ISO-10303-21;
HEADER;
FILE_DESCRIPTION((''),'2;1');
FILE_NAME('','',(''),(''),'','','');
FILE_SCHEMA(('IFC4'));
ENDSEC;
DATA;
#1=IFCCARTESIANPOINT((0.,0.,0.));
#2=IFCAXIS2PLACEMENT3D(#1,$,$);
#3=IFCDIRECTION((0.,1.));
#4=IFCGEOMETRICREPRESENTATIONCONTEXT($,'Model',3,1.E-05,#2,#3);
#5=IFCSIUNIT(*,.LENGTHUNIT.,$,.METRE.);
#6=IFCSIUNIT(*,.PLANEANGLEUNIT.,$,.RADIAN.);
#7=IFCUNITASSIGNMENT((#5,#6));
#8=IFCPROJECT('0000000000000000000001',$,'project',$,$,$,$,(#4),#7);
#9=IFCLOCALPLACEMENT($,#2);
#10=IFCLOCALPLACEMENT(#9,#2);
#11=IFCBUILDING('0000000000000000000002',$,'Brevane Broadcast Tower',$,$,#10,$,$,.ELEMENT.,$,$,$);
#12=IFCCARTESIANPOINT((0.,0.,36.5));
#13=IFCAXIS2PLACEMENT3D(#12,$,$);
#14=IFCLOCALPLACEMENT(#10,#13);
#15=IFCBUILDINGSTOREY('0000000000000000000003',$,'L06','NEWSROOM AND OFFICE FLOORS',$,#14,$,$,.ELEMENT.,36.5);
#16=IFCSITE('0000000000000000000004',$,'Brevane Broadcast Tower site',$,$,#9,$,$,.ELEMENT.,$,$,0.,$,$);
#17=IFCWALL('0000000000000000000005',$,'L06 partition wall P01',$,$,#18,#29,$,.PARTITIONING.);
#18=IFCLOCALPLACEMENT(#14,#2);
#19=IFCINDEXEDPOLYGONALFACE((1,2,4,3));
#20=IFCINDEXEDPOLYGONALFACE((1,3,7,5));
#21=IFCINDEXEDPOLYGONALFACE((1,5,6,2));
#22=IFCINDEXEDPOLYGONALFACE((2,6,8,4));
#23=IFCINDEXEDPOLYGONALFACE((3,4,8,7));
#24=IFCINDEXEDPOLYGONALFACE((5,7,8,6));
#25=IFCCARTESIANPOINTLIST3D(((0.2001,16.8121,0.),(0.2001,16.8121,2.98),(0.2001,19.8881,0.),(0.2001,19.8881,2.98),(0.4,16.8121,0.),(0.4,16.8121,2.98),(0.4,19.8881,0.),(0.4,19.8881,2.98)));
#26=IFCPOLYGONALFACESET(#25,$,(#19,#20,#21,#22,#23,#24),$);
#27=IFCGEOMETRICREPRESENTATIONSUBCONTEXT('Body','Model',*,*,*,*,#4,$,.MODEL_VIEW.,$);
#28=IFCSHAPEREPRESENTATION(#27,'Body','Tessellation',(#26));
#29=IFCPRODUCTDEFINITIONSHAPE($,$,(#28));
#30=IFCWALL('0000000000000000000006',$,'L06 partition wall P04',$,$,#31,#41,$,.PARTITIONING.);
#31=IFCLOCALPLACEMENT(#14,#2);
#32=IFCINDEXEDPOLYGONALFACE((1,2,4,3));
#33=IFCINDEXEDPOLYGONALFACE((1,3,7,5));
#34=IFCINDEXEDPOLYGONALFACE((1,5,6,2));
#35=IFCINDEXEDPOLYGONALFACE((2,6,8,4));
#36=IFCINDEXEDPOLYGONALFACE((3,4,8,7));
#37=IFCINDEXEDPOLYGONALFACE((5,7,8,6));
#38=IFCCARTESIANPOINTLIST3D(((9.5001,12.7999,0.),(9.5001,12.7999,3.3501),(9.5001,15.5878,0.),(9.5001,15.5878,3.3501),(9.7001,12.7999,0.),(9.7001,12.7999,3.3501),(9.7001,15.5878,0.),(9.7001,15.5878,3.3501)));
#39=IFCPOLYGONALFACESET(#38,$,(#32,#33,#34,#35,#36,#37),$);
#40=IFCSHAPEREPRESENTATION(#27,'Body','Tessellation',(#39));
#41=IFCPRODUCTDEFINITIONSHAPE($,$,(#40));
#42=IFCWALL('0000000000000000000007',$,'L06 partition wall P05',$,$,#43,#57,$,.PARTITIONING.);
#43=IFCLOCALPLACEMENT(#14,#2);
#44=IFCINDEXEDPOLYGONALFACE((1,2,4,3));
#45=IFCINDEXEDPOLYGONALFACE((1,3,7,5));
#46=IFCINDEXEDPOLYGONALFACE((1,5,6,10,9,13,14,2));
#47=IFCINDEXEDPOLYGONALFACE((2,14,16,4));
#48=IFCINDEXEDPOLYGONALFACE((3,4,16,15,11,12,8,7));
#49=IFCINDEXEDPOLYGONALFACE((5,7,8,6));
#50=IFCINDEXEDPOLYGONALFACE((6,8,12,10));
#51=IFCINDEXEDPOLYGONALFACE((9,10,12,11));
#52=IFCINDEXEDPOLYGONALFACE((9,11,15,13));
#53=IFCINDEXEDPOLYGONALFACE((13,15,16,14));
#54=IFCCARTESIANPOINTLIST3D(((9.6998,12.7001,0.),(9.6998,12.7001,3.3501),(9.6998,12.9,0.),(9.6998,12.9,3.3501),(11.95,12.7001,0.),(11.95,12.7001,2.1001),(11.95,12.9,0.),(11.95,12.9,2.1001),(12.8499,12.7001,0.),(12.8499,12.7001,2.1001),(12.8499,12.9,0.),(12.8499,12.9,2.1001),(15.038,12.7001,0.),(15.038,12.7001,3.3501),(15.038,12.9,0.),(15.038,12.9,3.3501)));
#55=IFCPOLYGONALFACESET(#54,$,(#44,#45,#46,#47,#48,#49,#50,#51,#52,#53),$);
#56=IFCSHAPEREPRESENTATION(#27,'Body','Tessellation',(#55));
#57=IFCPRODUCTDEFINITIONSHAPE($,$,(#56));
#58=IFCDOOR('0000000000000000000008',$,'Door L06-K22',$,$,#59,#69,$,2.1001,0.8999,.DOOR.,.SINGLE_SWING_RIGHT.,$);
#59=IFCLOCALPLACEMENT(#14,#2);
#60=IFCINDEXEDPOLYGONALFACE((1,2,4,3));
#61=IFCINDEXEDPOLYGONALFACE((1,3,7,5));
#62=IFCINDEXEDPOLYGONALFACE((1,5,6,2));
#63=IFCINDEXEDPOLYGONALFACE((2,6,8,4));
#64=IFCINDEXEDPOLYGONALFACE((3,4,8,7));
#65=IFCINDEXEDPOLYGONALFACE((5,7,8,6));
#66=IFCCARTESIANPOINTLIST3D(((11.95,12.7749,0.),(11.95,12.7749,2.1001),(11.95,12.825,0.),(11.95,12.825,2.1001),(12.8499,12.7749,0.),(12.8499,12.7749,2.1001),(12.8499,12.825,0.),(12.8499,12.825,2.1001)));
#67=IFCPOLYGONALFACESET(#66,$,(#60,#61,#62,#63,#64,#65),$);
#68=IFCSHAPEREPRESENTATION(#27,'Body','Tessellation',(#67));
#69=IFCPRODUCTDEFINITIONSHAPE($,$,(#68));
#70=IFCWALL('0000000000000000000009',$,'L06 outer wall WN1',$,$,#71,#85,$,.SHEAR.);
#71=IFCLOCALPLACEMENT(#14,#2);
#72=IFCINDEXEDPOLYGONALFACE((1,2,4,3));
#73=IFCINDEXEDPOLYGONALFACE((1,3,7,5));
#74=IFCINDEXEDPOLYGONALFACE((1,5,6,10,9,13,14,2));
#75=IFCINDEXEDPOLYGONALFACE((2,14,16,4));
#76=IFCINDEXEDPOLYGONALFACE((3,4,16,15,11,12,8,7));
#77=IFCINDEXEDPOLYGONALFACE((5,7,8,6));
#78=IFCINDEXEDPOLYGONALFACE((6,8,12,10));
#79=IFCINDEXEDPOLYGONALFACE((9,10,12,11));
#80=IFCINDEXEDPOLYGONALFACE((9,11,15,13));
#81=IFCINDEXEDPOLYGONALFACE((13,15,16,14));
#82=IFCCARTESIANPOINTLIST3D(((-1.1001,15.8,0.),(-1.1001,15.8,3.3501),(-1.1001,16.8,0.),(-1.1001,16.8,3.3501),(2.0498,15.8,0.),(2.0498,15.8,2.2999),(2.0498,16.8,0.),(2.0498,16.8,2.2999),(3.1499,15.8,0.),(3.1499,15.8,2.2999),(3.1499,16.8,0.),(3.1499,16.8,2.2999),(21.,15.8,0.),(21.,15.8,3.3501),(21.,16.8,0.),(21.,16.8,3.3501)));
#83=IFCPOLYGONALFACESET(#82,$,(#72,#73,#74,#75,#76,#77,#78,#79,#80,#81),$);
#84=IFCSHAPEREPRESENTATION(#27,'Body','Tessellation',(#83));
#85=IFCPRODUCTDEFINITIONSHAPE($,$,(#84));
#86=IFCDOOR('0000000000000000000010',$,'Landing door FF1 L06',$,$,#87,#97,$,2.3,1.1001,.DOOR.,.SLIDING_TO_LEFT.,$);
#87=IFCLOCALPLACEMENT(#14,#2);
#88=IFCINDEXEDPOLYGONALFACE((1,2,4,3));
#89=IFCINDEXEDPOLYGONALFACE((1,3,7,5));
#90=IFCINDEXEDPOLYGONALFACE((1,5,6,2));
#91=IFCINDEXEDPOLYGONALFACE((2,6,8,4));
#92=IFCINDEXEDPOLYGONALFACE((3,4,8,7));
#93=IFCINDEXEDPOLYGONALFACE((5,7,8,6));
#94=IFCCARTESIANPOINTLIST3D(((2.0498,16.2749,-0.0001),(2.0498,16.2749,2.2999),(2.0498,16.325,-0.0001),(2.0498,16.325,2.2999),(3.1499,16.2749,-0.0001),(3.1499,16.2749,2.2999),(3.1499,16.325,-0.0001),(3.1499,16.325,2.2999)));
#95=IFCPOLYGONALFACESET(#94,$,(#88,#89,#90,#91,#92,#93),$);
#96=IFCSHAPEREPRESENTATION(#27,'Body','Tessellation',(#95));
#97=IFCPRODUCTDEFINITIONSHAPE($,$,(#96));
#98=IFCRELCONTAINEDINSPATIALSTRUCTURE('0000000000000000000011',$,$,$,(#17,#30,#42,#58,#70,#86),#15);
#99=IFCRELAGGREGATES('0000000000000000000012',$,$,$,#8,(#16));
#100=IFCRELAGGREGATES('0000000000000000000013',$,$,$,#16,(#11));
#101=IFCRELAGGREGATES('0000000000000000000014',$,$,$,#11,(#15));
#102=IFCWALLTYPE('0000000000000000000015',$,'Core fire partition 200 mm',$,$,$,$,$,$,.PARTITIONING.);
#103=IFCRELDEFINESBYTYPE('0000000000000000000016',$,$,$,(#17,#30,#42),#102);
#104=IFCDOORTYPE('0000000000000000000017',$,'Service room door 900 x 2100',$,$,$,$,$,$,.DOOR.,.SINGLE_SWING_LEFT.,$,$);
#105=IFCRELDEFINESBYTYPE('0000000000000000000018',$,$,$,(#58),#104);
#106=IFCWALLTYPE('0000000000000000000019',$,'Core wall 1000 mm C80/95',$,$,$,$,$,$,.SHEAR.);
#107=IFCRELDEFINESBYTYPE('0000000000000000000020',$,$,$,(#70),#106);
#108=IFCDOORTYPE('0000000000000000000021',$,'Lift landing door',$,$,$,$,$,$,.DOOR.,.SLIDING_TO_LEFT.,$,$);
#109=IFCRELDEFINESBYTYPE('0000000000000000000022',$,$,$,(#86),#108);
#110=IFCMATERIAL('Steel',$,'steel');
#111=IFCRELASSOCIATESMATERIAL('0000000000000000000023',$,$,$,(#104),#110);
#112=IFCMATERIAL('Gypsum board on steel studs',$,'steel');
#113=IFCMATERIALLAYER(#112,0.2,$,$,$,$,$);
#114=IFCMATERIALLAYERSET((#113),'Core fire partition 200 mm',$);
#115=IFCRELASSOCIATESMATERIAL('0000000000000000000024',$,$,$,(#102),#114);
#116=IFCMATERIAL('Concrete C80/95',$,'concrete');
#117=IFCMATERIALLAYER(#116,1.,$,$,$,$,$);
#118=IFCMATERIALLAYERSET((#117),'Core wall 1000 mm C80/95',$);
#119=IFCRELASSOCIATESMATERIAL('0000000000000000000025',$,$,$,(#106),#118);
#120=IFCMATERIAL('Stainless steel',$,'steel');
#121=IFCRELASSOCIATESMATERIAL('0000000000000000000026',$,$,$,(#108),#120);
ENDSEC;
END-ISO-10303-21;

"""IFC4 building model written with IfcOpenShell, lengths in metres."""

from ifc_helpers import new_model, si_unit, direction, frame, frame_2d, origin, place, context, subcontext, project, spatial, rectangle, extrude, material, layer, layer_set, type_object, element, fill, save


model = new_model("IFC4")

# Units and contexts
model_context = context("Model", 3, precision=1e-05, world=origin(), true_north=direction((0.0, 1.0)))
body_context = subcontext(model_context, "Body", "Model", "MODEL_VIEW")
ifc_project = project(units=[si_unit("LENGTHUNIT", "METRE"), si_unit("PLANEANGLEUNIT", "RADIAN")], contexts=[model_context])

# Site, building, storey
site_placement = place(None, origin())
site = spatial("IfcSite", under=ifc_project, at=site_placement, Name="Brevane Broadcast Tower site", CompositionType="ELEMENT", RefElevation=0.0)
building_placement = place(site_placement, origin())
building = spatial("IfcBuilding", under=site, at=building_placement, Name="Brevane Broadcast Tower", CompositionType="ELEMENT")
storey_placement = place(building_placement, frame((0.0, 0.0, 36.5)))
storey = spatial("IfcBuildingStorey", under=building, at=storey_placement, Name="L06", Description="NEWSROOM AND OFFICE FLOORS", CompositionType="ELEMENT", Elevation=36.5)

# Shared definitions
ifc_material_1 = material(Name="Gypsum board on steel studs", Category="steel")
ifc_material_2 = material(Name="Steel", Category="steel")
door_type_1 = type_object("IfcDoorType", Name="Service room door 900 x 2100", OperationType="SINGLE_SWING_LEFT", PredefinedType="DOOR", material=ifc_material_2)

# Walls
ifc_layer_1 = layer(ifc_material_1, 0.2)
ifc_layer_set_1 = layer_set([ifc_layer_1], Name="Core fire partition 200 mm")
wall_type_1 = type_object("IfcWallType", Name="Core fire partition 200 mm", PredefinedType="PARTITIONING", material=ifc_layer_set_1)
wall_1_placement = place(storey_placement, frame((0.3, 16.812, 0.0), z_axis=(0.0, 0.0, 1.0), x_axis=(0.0, 1.0, 0.0)))
element("IfcWall", 1, at=wall_1_placement, inside=storey, type_object=wall_type_1, Name="L06 partition wall P01", PredefinedType="PARTITIONING", context=body_context, shape_type="SweptSolid", body=[
    extrude(rectangle(XDim=3.0759, YDim=0.2, at=frame_2d((1.5381, 0.0))), origin(), (0.0, 0.0, 1.0), 2.98),
])
wall_2_placement = place(storey_placement, frame((9.6001, 15.5879, 0.0), z_axis=(0.0, 0.0, 1.0), x_axis=(0.0, -1.0, 0.0)))
element("IfcWall", 2, at=wall_2_placement, inside=storey, type_object=wall_type_1, Name="L06 partition wall P04", PredefinedType="PARTITIONING", context=body_context, shape_type="SweptSolid", body=[
    extrude(rectangle(XDim=2.7878, YDim=0.2, at=frame_2d((1.394, 0.0))), origin(), (0.0, 0.0, 1.0), 3.3501),
])

# Walls, openings, doors
wall_3_placement = place(storey_placement, frame((9.7, 12.8, 0.0), z_axis=(0.0, 0.0, 1.0), x_axis=(1.0, 0.0, 0.0)))
wall_3 = element("IfcWall", 3, at=wall_3_placement, inside=storey, type_object=wall_type_1, Name="L06 partition wall P05", PredefinedType="PARTITIONING", context=body_context, shape_type="SweptSolid", body=[
    extrude(rectangle(XDim=5.3381, YDim=0.2, at=frame_2d((2.6689, 0.0))), origin(), (0.0, 0.0, 1.0), 3.3501),
])
opening_1_placement = place(wall_3_placement, frame((2.25, 0.0, 0.0)))
opening_1 = element("IfcOpeningElement", 4, at=opening_1_placement, cuts=wall_3, PredefinedType="OPENING", context=body_context, shape_type="SweptSolid", body=[
    extrude(rectangle(XDim=0.8999, YDim=2.1001, at=frame_2d((0.45, 1.05))), frame((0.0, 0.1099, 0.0), z_axis=(0.0, -1.0, 0.0), x_axis=(1.0, 0.0, 0.0)), (0.0, 0.0, 1.0), 0.22),
])
door_1_placement = place(opening_1_placement, origin())
door_1 = element("IfcDoor", 5, at=door_1_placement, inside=storey, type_object=door_type_1, Name="Door L06-K22", OperationType="SINGLE_SWING_RIGHT", OverallHeight=2.1001, OverallWidth=0.8999, PredefinedType="DOOR", context=body_context, shape_type="SweptSolid", body=[
    extrude(rectangle(XDim=0.8999, YDim=2.1001, at=frame_2d((0.45, 1.05))), frame((0.0, 0.0249, 0.0), z_axis=(0.0, -1.0, 0.0), x_axis=(1.0, 0.0, 0.0)), (0.0, 0.0, 1.0), 0.05),
])
fill(opening_1, door_1)
ifc_material_3 = material(Name="Concrete C80/95", Category="concrete")
ifc_layer_2 = layer(ifc_material_3, 1.0)
ifc_layer_set_2 = layer_set([ifc_layer_2], Name="Core wall 1000 mm C80/95")
wall_type_2 = type_object("IfcWallType", Name="Core wall 1000 mm C80/95", PredefinedType="SHEAR", material=ifc_layer_set_2)
wall_4_placement = place(storey_placement, frame((-1.1001, 16.3, 0.0), z_axis=(0.0, 0.0, 1.0), x_axis=(1.0, 0.0, 0.0)))
wall_4 = element("IfcWall", 6, at=wall_4_placement, inside=storey, type_object=wall_type_2, Name="L06 outer wall WN1", PredefinedType="SHEAR", context=body_context, shape_type="SweptSolid", body=[
    extrude(rectangle(XDim=22.1001, YDim=1.0, at=frame_2d((11.05, 0.0))), origin(), (0.0, 0.0, 1.0), 3.3501),
])
opening_2_placement = place(wall_4_placement, frame((3.1499, 0.0, 0.0)))
opening_2 = element("IfcOpeningElement", 7, at=opening_2_placement, cuts=wall_4, PredefinedType="OPENING", context=body_context, shape_type="SweptSolid", body=[
    extrude(rectangle(XDim=1.1001, YDim=2.3, at=frame_2d((0.55, 1.1499))), frame((0.0, 0.51, 0.0), z_axis=(0.0, -1.0, 0.0), x_axis=(1.0, 0.0, 0.0)), (0.0, 0.0, 1.0), 1.02),
])
ifc_material_4 = material(Name="Stainless steel", Category="steel")
door_type_2 = type_object("IfcDoorType", Name="Lift landing door", OperationType="SLIDING_TO_LEFT", PredefinedType="DOOR", material=ifc_material_4)
door_2_placement = place(opening_2_placement, origin())
door_2 = element("IfcDoor", 8, at=door_2_placement, inside=storey, type_object=door_type_2, Name="Landing door FF1 L06", OperationType="SLIDING_TO_LEFT", OverallHeight=2.3, OverallWidth=1.1001, PredefinedType="DOOR", context=body_context, shape_type="SweptSolid", body=[
    extrude(rectangle(XDim=1.1001, YDim=2.3, at=frame_2d((0.55, 1.1499))), frame((0.0, 0.0249, 0.0), z_axis=(0.0, -1.0, 0.0), x_axis=(1.0, 0.0, 0.0)), (0.0, 0.0, 1.0), 0.05),
])
fill(opening_2, door_2)

save(model, "model.ifc")
